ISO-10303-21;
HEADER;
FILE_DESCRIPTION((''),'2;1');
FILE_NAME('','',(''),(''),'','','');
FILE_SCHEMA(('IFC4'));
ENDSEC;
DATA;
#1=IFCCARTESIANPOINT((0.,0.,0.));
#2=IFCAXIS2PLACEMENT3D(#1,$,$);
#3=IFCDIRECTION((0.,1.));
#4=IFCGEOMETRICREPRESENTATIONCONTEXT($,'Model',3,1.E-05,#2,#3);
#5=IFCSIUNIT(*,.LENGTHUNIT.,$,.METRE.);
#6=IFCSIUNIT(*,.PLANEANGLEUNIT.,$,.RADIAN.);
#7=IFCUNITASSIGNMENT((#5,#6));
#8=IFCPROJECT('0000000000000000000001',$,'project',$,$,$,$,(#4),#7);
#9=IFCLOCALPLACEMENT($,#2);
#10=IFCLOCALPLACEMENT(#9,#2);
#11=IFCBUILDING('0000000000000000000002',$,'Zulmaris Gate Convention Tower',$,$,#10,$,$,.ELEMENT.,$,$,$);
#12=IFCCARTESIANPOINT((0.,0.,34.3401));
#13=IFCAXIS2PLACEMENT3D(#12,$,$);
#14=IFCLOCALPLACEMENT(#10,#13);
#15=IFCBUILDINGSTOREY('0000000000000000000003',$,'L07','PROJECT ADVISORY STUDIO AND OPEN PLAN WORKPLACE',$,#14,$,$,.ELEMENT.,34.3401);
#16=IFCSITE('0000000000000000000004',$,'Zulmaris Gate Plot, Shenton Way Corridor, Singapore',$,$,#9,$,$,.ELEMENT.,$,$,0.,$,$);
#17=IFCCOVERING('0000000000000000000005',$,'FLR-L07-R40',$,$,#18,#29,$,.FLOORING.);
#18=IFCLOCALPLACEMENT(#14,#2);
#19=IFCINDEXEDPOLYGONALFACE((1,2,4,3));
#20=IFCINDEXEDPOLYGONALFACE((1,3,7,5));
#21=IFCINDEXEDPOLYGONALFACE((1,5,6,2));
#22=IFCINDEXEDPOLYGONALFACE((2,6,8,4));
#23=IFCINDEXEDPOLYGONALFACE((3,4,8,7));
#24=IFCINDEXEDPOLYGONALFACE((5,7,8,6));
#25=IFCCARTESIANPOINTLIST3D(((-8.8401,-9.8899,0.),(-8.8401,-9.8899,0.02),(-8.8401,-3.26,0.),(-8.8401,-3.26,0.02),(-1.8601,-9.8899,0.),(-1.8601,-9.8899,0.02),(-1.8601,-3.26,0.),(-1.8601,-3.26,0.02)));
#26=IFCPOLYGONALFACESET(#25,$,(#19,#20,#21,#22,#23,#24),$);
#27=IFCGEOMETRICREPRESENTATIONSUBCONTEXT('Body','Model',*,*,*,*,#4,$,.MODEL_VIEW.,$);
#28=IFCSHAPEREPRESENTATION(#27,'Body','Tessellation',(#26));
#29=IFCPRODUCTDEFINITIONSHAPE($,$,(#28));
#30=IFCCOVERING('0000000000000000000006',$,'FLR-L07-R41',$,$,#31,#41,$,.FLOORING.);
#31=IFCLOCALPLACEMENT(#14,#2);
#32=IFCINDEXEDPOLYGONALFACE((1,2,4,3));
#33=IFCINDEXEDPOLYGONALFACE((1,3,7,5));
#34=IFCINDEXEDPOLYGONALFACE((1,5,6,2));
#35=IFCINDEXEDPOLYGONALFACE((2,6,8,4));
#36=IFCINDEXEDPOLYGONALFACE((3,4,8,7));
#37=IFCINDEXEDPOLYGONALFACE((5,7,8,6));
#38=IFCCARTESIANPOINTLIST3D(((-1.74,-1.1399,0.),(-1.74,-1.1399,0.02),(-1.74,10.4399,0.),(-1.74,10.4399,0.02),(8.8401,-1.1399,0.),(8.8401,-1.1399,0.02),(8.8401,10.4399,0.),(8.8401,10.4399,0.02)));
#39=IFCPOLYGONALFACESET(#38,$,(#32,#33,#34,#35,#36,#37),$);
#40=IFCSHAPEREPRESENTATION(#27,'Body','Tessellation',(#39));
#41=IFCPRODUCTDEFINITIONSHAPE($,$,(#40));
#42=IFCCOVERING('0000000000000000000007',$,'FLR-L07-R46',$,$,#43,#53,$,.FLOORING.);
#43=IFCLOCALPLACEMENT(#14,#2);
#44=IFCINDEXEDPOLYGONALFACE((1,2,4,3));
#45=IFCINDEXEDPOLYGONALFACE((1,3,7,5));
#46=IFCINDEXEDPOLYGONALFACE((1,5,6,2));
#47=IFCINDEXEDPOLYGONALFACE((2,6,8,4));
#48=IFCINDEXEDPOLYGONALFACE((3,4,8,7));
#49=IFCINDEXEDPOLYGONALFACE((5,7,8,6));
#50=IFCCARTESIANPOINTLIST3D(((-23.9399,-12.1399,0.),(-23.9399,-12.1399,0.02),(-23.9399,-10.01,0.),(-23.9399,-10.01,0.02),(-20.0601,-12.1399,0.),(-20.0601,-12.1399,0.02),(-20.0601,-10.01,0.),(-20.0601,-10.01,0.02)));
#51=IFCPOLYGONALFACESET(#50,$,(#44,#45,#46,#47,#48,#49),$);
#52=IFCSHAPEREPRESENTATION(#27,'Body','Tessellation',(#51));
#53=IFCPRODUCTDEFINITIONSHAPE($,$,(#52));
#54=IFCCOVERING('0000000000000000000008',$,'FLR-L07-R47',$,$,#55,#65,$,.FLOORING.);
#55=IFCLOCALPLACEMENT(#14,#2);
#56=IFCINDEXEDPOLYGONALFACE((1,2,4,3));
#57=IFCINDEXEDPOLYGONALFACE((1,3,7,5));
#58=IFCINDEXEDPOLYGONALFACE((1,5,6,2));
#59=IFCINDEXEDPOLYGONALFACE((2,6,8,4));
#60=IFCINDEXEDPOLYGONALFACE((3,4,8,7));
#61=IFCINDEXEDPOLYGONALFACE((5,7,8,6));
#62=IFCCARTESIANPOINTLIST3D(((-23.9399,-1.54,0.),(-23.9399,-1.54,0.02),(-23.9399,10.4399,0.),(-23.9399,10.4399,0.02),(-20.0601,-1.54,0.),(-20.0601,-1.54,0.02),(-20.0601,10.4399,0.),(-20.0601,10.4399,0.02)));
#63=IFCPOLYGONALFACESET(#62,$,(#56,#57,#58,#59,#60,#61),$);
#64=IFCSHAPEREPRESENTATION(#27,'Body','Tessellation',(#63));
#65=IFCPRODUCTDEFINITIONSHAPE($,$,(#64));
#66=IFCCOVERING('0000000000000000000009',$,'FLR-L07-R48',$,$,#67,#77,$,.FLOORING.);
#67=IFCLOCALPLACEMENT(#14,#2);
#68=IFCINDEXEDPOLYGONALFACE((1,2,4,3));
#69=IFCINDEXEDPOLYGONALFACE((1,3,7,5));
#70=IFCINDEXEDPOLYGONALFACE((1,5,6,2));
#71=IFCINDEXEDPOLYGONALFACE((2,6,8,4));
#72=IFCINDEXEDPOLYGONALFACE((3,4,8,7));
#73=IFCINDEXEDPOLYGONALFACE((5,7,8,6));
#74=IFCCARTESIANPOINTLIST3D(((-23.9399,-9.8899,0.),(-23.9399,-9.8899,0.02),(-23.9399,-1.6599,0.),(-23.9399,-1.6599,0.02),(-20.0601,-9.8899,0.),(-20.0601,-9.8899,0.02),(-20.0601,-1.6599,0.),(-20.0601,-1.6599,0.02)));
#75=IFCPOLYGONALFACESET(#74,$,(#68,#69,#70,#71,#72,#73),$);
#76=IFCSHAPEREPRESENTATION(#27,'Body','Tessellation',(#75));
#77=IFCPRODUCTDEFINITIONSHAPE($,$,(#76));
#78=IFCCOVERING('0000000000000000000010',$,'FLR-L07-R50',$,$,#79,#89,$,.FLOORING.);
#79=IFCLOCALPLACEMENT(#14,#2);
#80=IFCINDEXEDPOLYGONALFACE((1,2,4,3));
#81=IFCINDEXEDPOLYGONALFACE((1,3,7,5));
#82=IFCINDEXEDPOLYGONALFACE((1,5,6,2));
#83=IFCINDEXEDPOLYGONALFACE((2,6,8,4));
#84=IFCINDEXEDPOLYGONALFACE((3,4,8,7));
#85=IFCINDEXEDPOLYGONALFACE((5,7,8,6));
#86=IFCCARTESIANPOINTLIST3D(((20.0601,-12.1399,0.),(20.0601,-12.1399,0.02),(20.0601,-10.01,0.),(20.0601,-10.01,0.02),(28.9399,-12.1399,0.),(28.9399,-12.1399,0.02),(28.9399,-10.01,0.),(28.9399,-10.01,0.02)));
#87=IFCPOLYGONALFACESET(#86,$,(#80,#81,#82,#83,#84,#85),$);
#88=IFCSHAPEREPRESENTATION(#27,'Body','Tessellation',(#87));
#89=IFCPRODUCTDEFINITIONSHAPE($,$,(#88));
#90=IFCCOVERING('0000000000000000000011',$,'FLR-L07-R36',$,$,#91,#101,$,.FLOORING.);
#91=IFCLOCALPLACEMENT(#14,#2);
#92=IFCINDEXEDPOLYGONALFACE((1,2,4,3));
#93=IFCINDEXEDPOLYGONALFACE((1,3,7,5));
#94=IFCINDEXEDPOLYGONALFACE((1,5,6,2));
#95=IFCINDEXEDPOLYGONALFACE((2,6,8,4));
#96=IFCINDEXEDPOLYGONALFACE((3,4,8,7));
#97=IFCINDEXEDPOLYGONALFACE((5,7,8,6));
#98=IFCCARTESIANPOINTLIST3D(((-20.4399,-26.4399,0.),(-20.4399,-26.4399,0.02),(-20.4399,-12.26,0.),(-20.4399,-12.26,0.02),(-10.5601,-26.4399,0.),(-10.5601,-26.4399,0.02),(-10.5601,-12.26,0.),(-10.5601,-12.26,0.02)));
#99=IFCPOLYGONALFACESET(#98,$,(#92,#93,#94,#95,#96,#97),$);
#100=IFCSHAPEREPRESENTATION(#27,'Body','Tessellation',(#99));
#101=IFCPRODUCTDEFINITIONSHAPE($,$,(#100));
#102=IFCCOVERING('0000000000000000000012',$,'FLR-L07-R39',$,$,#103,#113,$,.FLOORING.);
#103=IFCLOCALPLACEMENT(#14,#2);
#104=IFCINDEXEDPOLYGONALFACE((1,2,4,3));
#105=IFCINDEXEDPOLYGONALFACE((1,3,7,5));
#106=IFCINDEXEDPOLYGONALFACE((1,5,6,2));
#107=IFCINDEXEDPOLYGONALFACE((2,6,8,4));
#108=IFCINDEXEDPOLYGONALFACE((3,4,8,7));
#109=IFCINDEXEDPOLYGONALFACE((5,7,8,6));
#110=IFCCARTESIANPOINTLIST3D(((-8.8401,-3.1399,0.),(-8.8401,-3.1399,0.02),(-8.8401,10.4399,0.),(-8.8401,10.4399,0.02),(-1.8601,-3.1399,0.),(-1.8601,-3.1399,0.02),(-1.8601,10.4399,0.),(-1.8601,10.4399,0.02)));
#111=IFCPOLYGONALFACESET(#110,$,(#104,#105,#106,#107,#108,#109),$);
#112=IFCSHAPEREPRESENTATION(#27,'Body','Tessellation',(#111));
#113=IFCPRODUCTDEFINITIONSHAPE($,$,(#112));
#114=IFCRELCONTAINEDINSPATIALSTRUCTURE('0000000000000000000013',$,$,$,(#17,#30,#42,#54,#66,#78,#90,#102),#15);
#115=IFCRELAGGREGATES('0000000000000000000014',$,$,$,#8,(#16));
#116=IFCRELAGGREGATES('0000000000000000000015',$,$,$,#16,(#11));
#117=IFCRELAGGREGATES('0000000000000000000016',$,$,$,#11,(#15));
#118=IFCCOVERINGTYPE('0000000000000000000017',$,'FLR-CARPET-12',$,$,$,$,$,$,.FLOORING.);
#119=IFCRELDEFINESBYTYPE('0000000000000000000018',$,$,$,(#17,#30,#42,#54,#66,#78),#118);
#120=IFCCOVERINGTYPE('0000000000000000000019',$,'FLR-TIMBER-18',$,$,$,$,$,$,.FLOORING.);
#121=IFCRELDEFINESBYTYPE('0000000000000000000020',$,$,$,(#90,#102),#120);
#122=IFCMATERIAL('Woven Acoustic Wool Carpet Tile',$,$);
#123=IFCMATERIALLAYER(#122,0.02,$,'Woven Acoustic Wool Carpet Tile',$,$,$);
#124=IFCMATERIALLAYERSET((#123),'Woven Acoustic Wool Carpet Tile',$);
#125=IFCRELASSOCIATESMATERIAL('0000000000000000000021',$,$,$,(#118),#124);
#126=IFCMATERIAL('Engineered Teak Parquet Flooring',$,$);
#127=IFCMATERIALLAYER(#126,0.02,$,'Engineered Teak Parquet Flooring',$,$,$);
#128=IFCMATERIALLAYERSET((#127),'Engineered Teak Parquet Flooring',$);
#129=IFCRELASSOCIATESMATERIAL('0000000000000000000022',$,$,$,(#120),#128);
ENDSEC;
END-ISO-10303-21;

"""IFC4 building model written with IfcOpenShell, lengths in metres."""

from ifc_helpers import new_model, si_unit, direction, frame, origin, place, context, subcontext, project, spatial, polyline, outline, extrude, material, layer, layer_set, type_object, element, save


model = new_model("IFC4")

# Units and contexts
model_context = context("Model", 3, precision=1e-05, world=origin(), true_north=direction((0.0, 1.0)))
body_context = subcontext(model_context, "Body", "Model", "MODEL_VIEW")
ifc_project = project(units=[si_unit("LENGTHUNIT", "METRE"), si_unit("PLANEANGLEUNIT", "RADIAN")], contexts=[model_context])

# Site, building, storey
site_placement = place(None, origin())
site = spatial("IfcSite", under=ifc_project, at=site_placement, Name="Zulmaris Gate Plot, Shenton Way Corridor, Singapore", CompositionType="ELEMENT", RefElevation=0.0)
building_placement = place(site_placement, origin())
building = spatial("IfcBuilding", under=site, at=building_placement, Name="Zulmaris Gate Convention Tower", CompositionType="ELEMENT")
storey_placement = place(building_placement, frame((0.0, 0.0, 34.3401)))
storey = spatial("IfcBuildingStorey", under=building, at=storey_placement, Name="L07", Description="PROJECT ADVISORY STUDIO AND OPEN PLAN WORKPLACE", CompositionType="ELEMENT", Elevation=34.3401)

# Coverings
ifc_material_1 = material(Name="Woven Acoustic Wool Carpet Tile")
ifc_layer_1 = layer(ifc_material_1, 0.02, Name="Woven Acoustic Wool Carpet Tile")
ifc_layer_set_1 = layer_set([ifc_layer_1], Name="Woven Acoustic Wool Carpet Tile")
covering_type_1 = type_object("IfcCoveringType", Name="FLR-CARPET-12", PredefinedType="FLOORING", material=ifc_layer_set_1)
covering_1_placement = place(storey_placement, origin())
element("IfcCovering", 1, at=covering_1_placement, inside=storey, type_object=covering_type_1, Name="FLR-L07-R40", PredefinedType="FLOORING", context=body_context, shape_type="SweptSolid", body=[
    extrude(outline(polyline([(-8.8401, -9.8899), (-1.8601, -9.8899), (-1.8601, -3.26), (-8.8401, -3.26), (-8.8401, -9.8899)])), origin(), (0.0, 0.0, 1.0), 0.02),
])
covering_2_placement = place(storey_placement, origin())
element("IfcCovering", 2, at=covering_2_placement, inside=storey, type_object=covering_type_1, Name="FLR-L07-R41", PredefinedType="FLOORING", context=body_context, shape_type="SweptSolid", body=[
    extrude(outline(polyline([(-1.74, -1.1399), (8.8401, -1.1399), (8.8401, 10.4399), (-1.74, 10.4399), (-1.74, -1.1399)])), origin(), (0.0, 0.0, 1.0), 0.02),
])
covering_3_placement = place(storey_placement, origin())
element("IfcCovering", 3, at=covering_3_placement, inside=storey, type_object=covering_type_1, Name="FLR-L07-R46", PredefinedType="FLOORING", context=body_context, shape_type="SweptSolid", body=[
    extrude(outline(polyline([(-23.9399, -12.1399), (-20.0601, -12.1399), (-20.0601, -10.01), (-23.9399, -10.01), (-23.9399, -12.1399)])), origin(), (0.0, 0.0, 1.0), 0.02),
])
covering_4_placement = place(storey_placement, origin())
element("IfcCovering", 4, at=covering_4_placement, inside=storey, type_object=covering_type_1, Name="FLR-L07-R47", PredefinedType="FLOORING", context=body_context, shape_type="SweptSolid", body=[
    extrude(outline(polyline([(-23.9399, -1.54), (-20.0601, -1.54), (-20.0601, 10.4399), (-23.9399, 10.4399), (-23.9399, -1.54)])), origin(), (0.0, 0.0, 1.0), 0.02),
])
covering_5_placement = place(storey_placement, origin())
element("IfcCovering", 5, at=covering_5_placement, inside=storey, type_object=covering_type_1, Name="FLR-L07-R48", PredefinedType="FLOORING", context=body_context, shape_type="SweptSolid", body=[
    extrude(outline(polyline([(-23.9399, -9.8899), (-20.0601, -9.8899), (-20.0601, -1.6599), (-23.9399, -1.6599), (-23.9399, -9.8899)])), origin(), (0.0, 0.0, 1.0), 0.02),
])
covering_6_placement = place(storey_placement, origin())
element("IfcCovering", 6, at=covering_6_placement, inside=storey, type_object=covering_type_1, Name="FLR-L07-R50", PredefinedType="FLOORING", context=body_context, shape_type="SweptSolid", body=[
    extrude(outline(polyline([(20.0601, -12.1399), (28.9399, -12.1399), (28.9399, -10.01), (20.0601, -10.01), (20.0601, -12.1399)])), origin(), (0.0, 0.0, 1.0), 0.02),
])
ifc_material_2 = material(Name="Engineered Teak Parquet Flooring")
ifc_layer_2 = layer(ifc_material_2, 0.02, Name="Engineered Teak Parquet Flooring")
ifc_layer_set_2 = layer_set([ifc_layer_2], Name="Engineered Teak Parquet Flooring")
covering_type_2 = type_object("IfcCoveringType", Name="FLR-TIMBER-18", PredefinedType="FLOORING", material=ifc_layer_set_2)
covering_7_placement = place(storey_placement, origin())
element("IfcCovering", 7, at=covering_7_placement, inside=storey, type_object=covering_type_2, Name="FLR-L07-R36", PredefinedType="FLOORING", context=body_context, shape_type="SweptSolid", body=[
    extrude(outline(polyline([(-20.4399, -26.4399), (-10.5601, -26.4399), (-10.5601, -12.26), (-20.4399, -12.26), (-20.4399, -26.4399)])), origin(), (0.0, 0.0, 1.0), 0.02),
])
covering_8_placement = place(storey_placement, origin())
element("IfcCovering", 8, at=covering_8_placement, inside=storey, type_object=covering_type_2, Name="FLR-L07-R39", PredefinedType="FLOORING", context=body_context, shape_type="SweptSolid", body=[
    extrude(outline(polyline([(-8.8401, -3.1399), (-1.8601, -3.1399), (-1.8601, 10.4399), (-8.8401, 10.4399), (-8.8401, -3.1399)])), origin(), (0.0, 0.0, 1.0), 0.02),
])

save(model, "model.ifc")
